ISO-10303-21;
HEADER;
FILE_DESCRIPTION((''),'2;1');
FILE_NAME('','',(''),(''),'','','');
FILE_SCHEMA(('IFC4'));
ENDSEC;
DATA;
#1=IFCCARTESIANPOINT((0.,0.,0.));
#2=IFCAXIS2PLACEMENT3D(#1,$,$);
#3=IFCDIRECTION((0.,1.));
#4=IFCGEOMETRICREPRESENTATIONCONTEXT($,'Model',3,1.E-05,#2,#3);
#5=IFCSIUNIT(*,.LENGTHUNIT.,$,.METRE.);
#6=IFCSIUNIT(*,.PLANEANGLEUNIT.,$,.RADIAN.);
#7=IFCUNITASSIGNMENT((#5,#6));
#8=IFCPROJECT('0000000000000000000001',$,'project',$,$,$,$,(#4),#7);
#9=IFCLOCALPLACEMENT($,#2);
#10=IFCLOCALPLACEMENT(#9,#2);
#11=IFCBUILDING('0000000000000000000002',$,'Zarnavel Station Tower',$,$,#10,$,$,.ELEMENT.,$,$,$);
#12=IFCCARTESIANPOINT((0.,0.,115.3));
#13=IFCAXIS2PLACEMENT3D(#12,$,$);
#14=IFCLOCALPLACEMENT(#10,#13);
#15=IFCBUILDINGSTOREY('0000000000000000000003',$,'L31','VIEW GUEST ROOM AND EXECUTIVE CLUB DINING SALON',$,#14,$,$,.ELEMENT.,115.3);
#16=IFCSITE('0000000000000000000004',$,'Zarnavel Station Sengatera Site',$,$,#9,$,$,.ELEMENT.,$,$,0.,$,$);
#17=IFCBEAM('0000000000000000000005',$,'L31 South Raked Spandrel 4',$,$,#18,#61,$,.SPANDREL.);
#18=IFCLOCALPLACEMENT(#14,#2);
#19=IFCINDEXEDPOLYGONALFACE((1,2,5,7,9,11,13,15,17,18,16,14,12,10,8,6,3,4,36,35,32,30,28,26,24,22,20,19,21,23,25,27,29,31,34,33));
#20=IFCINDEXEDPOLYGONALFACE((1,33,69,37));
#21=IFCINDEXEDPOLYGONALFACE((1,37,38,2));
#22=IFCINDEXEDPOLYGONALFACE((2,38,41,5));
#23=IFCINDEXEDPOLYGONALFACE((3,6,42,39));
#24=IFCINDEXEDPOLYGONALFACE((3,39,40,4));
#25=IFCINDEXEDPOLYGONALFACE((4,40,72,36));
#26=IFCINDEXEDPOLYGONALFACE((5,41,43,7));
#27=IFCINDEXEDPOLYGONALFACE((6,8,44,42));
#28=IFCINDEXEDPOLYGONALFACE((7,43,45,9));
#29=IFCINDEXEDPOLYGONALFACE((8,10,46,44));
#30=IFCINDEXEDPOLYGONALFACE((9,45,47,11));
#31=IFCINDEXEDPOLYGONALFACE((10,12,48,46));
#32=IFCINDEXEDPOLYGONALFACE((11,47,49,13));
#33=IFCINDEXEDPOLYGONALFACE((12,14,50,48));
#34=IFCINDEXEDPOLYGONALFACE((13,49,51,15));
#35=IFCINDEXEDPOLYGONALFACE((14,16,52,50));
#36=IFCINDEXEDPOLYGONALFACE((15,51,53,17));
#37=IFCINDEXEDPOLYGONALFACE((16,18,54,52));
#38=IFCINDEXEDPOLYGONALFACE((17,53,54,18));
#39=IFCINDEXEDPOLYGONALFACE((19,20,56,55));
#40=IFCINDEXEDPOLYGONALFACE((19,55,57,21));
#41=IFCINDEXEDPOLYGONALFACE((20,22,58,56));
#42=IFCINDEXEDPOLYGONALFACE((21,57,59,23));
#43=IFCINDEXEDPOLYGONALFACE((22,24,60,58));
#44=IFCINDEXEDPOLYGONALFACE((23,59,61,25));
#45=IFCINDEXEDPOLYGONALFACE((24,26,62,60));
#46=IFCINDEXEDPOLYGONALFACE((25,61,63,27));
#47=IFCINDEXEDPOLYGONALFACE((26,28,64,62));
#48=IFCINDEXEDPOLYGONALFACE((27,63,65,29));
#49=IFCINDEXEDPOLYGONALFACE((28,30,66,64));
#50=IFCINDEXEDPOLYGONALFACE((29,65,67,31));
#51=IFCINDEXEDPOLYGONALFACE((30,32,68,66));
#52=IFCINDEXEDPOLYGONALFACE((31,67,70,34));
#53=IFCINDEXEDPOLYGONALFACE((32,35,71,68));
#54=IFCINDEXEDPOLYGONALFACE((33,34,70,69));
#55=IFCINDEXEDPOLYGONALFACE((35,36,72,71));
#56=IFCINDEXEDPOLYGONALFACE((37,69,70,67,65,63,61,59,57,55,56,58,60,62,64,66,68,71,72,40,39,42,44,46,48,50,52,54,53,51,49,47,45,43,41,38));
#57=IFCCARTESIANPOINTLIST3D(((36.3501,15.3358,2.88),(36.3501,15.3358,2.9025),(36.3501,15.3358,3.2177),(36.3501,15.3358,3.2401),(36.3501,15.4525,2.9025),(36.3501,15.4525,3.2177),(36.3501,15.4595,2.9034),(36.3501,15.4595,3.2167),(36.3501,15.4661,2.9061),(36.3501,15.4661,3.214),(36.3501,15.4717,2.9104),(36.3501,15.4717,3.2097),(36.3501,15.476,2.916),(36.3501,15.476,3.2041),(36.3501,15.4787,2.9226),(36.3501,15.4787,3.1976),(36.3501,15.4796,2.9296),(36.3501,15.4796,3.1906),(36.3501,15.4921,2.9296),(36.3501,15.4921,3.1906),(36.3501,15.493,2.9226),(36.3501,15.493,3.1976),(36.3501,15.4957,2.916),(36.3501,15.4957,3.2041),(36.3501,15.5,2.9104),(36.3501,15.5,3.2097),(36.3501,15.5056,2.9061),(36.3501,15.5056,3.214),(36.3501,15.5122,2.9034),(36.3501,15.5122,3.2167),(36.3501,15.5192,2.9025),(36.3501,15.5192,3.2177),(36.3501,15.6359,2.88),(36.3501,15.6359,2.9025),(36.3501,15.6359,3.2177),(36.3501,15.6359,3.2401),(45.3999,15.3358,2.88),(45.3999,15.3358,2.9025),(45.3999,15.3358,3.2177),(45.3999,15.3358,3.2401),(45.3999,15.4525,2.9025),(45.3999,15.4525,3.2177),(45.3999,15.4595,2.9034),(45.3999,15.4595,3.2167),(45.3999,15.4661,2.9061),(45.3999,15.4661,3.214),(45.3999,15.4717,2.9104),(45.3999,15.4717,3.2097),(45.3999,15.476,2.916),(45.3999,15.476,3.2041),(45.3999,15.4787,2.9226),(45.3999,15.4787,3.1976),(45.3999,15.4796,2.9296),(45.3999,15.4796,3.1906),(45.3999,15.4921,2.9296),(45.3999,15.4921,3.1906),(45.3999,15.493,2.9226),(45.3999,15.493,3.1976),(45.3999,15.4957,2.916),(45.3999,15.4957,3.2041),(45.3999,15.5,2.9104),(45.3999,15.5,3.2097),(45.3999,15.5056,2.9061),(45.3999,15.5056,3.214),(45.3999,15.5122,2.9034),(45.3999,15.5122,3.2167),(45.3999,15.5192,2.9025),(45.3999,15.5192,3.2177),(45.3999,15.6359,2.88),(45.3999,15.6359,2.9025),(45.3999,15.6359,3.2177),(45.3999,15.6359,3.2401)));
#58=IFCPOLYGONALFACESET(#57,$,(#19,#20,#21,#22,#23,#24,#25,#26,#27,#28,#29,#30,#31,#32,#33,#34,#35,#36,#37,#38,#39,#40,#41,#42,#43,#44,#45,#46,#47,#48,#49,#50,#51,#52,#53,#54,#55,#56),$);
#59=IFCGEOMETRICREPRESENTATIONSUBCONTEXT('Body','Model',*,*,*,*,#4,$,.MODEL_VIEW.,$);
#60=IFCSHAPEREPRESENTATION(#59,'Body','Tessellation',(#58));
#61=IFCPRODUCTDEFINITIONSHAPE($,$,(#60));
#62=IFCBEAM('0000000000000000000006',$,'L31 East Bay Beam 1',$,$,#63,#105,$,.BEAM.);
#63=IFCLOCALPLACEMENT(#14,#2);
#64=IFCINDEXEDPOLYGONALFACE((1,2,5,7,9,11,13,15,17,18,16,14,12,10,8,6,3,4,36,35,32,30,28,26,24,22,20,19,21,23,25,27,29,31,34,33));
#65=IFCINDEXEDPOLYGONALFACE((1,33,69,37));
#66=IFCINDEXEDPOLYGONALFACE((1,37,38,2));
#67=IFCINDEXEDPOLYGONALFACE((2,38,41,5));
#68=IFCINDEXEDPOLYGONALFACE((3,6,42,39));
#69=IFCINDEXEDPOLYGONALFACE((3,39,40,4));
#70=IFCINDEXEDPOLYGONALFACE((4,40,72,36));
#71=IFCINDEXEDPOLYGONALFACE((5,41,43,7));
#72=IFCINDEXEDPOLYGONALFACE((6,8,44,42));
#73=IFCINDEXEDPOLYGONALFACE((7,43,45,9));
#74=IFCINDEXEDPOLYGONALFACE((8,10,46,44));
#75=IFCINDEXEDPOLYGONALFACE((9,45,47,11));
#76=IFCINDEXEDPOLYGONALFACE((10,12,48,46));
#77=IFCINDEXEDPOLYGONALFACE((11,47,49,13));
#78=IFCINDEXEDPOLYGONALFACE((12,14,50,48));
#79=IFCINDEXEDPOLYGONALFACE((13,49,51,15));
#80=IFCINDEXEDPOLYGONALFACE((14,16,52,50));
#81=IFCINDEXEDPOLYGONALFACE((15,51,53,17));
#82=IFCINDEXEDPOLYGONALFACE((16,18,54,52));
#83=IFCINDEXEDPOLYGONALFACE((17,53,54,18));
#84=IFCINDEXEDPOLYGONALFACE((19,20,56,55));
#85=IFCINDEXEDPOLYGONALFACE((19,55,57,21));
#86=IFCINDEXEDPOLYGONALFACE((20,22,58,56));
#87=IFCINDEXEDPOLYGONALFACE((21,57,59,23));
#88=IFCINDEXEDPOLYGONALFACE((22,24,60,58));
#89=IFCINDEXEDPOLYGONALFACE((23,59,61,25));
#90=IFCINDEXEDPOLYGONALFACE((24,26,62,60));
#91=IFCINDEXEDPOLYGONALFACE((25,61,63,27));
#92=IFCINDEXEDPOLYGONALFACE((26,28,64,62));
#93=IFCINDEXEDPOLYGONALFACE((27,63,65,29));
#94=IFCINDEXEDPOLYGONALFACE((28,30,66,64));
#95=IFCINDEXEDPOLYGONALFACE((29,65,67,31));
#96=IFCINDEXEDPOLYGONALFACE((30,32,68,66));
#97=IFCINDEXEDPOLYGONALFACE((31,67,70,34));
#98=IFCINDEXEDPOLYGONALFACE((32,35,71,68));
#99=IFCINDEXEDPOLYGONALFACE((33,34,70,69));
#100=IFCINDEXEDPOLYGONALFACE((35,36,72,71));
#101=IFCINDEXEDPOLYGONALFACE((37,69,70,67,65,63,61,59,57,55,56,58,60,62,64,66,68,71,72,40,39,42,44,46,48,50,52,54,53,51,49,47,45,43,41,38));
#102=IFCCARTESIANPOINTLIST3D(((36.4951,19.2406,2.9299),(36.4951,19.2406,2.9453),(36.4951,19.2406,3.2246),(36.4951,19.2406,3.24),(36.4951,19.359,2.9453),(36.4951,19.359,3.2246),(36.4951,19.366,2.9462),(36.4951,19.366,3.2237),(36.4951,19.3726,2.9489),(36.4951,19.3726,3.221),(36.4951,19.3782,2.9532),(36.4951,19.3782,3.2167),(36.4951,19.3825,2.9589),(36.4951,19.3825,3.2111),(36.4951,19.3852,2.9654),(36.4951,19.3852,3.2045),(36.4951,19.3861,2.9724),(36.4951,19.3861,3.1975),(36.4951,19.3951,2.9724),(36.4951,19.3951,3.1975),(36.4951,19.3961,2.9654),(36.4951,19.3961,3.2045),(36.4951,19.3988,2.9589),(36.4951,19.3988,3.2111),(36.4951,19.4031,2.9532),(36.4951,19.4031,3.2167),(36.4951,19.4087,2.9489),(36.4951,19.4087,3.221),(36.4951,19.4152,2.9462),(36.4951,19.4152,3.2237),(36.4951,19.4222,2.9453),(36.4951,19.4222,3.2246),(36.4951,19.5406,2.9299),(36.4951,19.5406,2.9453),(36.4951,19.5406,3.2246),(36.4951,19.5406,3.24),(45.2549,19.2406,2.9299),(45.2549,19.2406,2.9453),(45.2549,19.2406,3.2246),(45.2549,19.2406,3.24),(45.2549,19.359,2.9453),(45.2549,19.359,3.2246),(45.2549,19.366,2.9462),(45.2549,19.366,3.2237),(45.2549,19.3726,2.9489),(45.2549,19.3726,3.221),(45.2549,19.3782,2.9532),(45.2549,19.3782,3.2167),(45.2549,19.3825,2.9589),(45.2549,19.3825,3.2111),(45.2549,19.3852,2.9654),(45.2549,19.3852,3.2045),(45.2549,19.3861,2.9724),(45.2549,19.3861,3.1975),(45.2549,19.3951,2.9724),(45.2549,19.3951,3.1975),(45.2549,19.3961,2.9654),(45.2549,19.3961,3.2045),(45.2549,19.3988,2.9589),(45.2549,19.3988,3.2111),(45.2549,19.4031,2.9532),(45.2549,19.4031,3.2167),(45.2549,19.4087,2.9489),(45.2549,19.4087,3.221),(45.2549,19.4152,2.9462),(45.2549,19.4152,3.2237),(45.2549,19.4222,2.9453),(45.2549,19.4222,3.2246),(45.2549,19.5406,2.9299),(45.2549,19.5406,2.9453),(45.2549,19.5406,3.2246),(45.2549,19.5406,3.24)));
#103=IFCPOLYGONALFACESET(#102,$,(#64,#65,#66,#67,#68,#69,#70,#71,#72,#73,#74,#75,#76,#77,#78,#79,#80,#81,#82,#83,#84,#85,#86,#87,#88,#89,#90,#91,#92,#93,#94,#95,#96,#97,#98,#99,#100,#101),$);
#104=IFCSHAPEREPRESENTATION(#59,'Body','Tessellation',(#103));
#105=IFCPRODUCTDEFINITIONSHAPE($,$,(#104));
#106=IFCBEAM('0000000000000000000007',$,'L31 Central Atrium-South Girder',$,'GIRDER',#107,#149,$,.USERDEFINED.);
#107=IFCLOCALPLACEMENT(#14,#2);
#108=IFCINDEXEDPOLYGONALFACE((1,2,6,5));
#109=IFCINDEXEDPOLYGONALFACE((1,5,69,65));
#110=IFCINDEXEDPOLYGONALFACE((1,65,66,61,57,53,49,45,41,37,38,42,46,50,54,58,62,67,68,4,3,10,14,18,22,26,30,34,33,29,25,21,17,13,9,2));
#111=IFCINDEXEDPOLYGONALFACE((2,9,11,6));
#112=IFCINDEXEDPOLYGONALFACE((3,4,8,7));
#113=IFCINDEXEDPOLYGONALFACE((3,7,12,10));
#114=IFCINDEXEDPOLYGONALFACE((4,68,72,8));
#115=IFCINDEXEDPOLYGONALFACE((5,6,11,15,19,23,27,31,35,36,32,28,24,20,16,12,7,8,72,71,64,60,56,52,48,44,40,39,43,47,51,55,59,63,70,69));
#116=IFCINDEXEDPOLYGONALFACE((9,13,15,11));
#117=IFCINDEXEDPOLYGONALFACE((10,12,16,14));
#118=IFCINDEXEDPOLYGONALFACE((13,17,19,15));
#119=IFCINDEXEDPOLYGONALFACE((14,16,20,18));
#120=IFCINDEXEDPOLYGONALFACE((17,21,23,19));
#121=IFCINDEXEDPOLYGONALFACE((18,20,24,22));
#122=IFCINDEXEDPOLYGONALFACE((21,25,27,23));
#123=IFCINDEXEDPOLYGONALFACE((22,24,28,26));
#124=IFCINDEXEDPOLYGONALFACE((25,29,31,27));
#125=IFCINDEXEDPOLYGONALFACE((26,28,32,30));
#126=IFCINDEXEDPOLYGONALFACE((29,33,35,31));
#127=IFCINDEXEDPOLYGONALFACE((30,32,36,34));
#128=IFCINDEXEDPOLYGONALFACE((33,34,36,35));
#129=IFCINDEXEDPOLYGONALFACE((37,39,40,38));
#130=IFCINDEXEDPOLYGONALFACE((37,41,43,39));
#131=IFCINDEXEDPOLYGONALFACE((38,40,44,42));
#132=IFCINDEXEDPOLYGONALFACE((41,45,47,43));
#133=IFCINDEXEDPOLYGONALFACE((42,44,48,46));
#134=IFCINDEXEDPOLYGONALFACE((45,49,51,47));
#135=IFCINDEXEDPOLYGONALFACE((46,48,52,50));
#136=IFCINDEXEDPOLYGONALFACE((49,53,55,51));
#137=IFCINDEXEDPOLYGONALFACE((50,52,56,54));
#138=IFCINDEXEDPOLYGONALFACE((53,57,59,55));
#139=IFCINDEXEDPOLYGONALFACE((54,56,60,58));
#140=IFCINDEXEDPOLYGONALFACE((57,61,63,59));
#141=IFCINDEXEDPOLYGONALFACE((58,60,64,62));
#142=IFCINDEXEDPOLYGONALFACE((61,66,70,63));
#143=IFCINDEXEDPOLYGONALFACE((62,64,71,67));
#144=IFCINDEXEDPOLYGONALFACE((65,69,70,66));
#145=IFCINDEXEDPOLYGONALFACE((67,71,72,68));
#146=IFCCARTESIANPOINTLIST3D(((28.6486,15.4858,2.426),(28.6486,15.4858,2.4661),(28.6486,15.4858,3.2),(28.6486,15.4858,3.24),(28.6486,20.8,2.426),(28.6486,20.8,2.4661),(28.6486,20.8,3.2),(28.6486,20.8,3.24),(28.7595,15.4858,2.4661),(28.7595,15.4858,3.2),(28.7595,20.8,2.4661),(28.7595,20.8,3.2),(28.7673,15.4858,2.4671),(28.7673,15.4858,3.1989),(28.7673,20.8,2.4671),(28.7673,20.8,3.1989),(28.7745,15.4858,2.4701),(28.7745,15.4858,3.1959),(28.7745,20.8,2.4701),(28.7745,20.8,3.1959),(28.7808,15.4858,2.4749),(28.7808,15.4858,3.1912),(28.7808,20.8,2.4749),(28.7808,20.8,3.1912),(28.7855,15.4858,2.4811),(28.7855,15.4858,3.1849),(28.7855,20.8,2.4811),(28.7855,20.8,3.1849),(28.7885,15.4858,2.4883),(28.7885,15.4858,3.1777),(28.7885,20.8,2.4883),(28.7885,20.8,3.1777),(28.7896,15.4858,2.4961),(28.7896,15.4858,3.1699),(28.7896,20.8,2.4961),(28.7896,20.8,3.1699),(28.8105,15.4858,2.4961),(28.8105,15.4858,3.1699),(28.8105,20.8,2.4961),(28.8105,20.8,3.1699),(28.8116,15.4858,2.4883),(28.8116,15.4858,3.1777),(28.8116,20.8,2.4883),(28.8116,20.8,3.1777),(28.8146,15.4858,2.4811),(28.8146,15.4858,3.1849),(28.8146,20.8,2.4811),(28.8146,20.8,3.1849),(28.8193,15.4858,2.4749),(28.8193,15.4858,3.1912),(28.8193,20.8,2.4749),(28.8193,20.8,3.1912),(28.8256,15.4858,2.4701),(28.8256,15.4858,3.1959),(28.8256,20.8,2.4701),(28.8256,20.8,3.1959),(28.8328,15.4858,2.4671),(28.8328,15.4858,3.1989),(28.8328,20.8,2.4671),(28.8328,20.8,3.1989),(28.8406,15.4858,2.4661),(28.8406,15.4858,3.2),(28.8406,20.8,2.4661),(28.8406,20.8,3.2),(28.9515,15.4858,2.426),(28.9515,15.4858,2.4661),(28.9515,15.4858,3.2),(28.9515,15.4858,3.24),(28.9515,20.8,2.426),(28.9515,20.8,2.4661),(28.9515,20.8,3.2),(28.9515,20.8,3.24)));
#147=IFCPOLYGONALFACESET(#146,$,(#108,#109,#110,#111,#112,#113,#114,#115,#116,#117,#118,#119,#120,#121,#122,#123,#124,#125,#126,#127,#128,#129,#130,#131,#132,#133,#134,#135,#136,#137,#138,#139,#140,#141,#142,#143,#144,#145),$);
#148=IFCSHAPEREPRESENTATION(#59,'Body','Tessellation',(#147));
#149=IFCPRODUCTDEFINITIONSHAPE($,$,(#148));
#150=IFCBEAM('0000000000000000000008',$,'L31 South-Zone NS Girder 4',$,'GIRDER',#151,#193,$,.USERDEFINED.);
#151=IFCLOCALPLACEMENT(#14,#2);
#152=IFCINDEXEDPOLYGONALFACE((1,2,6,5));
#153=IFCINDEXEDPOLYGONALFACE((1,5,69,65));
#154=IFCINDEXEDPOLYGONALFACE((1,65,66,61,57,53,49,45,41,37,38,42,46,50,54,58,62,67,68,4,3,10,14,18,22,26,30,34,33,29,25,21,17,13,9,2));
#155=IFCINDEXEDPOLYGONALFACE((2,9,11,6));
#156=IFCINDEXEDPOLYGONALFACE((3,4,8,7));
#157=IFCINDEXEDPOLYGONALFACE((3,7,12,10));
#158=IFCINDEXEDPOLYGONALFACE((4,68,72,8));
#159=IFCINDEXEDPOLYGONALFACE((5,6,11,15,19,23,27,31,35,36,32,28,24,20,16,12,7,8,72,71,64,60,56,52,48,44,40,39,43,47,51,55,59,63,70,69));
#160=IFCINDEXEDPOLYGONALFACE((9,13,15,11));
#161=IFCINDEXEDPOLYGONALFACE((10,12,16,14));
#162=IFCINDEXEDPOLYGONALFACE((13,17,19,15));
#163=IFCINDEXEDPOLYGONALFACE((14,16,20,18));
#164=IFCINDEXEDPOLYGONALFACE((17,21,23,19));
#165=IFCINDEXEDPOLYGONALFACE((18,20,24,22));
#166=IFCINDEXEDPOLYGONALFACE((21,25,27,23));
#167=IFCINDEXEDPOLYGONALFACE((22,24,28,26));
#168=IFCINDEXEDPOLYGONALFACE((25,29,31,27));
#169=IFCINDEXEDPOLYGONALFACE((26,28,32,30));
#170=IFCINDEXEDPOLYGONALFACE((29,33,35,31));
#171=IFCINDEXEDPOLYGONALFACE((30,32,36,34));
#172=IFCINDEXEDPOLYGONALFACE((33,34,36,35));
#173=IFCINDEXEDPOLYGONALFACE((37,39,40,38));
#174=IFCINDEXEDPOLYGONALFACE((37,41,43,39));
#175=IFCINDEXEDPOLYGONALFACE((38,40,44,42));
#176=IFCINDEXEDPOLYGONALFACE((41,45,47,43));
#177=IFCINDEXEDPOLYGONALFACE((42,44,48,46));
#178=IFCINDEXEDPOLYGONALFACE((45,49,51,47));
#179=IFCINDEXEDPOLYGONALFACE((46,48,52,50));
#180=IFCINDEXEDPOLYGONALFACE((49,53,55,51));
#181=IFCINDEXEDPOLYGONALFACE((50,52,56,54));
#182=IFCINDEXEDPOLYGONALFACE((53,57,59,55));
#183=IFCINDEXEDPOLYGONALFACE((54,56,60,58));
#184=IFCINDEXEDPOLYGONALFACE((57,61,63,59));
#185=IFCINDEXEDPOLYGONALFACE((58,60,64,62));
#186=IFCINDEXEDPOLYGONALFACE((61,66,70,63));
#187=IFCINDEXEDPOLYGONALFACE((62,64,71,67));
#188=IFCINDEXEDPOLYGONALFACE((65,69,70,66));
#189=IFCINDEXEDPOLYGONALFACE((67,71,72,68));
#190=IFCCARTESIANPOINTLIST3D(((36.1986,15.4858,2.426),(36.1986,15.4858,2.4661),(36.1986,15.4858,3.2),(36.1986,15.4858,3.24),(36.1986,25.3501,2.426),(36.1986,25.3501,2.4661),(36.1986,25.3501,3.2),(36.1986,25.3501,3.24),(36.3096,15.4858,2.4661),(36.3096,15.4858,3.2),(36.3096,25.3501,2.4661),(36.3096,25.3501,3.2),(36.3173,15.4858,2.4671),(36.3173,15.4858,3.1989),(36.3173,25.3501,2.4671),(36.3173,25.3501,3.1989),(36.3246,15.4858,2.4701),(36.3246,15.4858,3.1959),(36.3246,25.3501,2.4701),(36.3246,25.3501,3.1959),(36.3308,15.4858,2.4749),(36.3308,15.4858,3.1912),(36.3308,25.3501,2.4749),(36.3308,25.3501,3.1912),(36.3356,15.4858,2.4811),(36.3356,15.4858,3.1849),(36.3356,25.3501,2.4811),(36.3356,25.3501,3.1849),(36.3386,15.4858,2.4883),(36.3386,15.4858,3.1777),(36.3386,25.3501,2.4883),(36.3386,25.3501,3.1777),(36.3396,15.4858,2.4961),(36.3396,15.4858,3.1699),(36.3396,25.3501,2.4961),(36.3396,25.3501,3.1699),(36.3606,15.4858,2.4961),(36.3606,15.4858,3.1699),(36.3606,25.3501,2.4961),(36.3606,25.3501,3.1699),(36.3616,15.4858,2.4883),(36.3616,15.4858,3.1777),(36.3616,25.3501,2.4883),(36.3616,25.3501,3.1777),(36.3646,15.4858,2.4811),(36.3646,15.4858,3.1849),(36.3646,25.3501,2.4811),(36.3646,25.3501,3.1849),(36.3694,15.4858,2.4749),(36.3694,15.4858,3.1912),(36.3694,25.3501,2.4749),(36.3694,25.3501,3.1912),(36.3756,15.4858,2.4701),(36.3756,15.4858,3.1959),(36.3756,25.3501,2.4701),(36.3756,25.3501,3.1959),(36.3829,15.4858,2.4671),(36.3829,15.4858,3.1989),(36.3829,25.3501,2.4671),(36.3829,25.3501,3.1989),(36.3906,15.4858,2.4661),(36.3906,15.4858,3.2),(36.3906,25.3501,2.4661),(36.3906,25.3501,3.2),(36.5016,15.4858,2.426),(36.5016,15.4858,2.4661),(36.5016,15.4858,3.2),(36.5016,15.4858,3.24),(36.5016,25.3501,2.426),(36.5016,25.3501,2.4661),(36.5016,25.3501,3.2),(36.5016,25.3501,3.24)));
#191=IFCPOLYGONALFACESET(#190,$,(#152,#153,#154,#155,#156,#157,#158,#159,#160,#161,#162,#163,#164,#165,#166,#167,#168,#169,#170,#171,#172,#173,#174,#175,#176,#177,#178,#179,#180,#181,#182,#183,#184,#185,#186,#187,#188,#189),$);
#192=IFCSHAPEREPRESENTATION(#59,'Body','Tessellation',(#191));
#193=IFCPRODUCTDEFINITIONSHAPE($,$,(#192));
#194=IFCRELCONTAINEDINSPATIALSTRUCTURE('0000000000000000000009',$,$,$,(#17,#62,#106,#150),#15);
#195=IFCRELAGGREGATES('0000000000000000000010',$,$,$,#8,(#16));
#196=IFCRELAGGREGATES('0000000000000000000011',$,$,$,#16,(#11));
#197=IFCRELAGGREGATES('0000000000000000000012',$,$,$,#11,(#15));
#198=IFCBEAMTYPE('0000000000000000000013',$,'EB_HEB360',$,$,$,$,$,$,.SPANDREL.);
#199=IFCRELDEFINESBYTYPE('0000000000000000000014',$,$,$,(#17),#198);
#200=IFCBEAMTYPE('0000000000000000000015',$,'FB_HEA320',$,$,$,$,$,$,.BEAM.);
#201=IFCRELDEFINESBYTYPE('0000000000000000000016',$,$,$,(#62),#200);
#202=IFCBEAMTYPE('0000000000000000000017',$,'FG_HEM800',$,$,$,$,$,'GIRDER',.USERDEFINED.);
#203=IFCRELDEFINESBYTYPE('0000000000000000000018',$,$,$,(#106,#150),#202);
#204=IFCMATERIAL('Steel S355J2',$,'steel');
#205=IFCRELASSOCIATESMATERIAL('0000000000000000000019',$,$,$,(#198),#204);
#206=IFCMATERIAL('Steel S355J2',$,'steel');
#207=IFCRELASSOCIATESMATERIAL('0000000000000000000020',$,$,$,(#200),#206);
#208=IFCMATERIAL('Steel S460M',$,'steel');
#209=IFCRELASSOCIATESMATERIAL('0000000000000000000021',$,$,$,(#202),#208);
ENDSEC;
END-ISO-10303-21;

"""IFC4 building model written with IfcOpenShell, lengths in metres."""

from ifc_helpers import new_model, si_unit, direction, frame, origin, origin_2d, place, context, subcontext, project, spatial, i_section, extrude, material, material_profile, profile_set, type_object, element, save


model = new_model("IFC4")

# Units and contexts
model_context = context("Model", 3, precision=1e-05, world=origin(), true_north=direction((0.0, 1.0)))
body_context = subcontext(model_context, "Body", "Model", "MODEL_VIEW")
ifc_project = project(units=[si_unit("LENGTHUNIT", "METRE"), si_unit("PLANEANGLEUNIT", "RADIAN")], contexts=[model_context])

# Site, building, storey
site_placement = place(None, origin())
site = spatial("IfcSite", under=ifc_project, at=site_placement, Name="Zarnavel Station Sengatera Site", CompositionType="ELEMENT", RefElevation=0.0)
building_placement = place(site_placement, origin())
building = spatial("IfcBuilding", under=site, at=building_placement, Name="Zarnavel Station Tower", CompositionType="ELEMENT")
storey_placement = place(building_placement, frame((0.0, 0.0, 115.3)))
storey = spatial("IfcBuildingStorey", under=building, at=storey_placement, Name="L31", Description="VIEW GUEST ROOM AND EXECUTIVE CLUB DINING SALON", CompositionType="ELEMENT", Elevation=115.3)

# Beams
ifc_material_1 = material(Name="Steel S355J2", Category="steel")
ifc_material_profile_1 = material_profile(ifc_material_1, i_section(OverallWidth=0.3, OverallDepth=0.3601, WebThickness=0.0125, FlangeThickness=0.0225, FilletRadius=0.0271, at=origin_2d()), Name="HEB360")
ifc_profile_set_1 = profile_set([ifc_material_profile_1], Name="Steel S355J2")
beam_type_1 = type_object("IfcBeamType", Name="EB_HEB360", PredefinedType="SPANDREL", material=ifc_profile_set_1)
beam_1_placement = place(storey_placement, frame((36.3501, 15.4858, 3.0601), z_axis=(1.0, 0.0, 0.0), x_axis=(0.0, 1.0, 0.0)))
element("IfcBeam", 1, at=beam_1_placement, inside=storey, type_object=beam_type_1, Name="L31 South Raked Spandrel 4", PredefinedType="SPANDREL", context=body_context, shape_type="SweptSolid", body=[
    extrude(i_section(OverallWidth=0.3, OverallDepth=0.3601, WebThickness=0.0125, FlangeThickness=0.0225, FilletRadius=0.0271, at=origin_2d()), origin(), (0.0, 0.0, 1.0), 9.0498),
])
ifc_material_2 = material(Name="Steel S355J2", Category="steel")
ifc_material_profile_2 = material_profile(ifc_material_2, i_section(OverallWidth=0.3, OverallDepth=0.3101, WebThickness=0.009, FlangeThickness=0.0154, FilletRadius=0.0271, at=origin_2d()), Name="HEA320")
ifc_profile_set_2 = profile_set([ifc_material_profile_2], Name="Steel S355J2")
beam_type_2 = type_object("IfcBeamType", Name="FB_HEA320", PredefinedType="BEAM", material=ifc_profile_set_2)
beam_2_placement = place(storey_placement, frame((36.4951, 19.3906, 3.085), z_axis=(1.0, 0.0, 0.0), x_axis=(0.0, 1.0, 0.0)))
element("IfcBeam", 2, at=beam_2_placement, inside=storey, type_object=beam_type_2, Name="L31 East Bay Beam 1", PredefinedType="BEAM", context=body_context, shape_type="SweptSolid", body=[
    extrude(i_section(OverallWidth=0.3, OverallDepth=0.3101, WebThickness=0.009, FlangeThickness=0.0154, FilletRadius=0.0271, at=origin_2d()), origin(), (0.0, 0.0, 1.0), 8.7598),
])
ifc_material_3 = material(Name="Steel S460M", Category="steel")
ifc_material_profile_3 = material_profile(ifc_material_3, i_section(OverallWidth=0.303, OverallDepth=0.814, WebThickness=0.021, FlangeThickness=0.04, FilletRadius=0.03, at=origin_2d()), Name="HEM800")
ifc_profile_set_3 = profile_set([ifc_material_profile_3], Name="Steel S460M")
beam_type_3 = type_object("IfcBeamType", Name="FG_HEM800", ElementType="GIRDER", PredefinedType="USERDEFINED", material=ifc_profile_set_3)
beam_3_placement = place(storey_placement, frame((28.8, 15.4858, 2.833), z_axis=(0.0, 1.0, 0.0), x_axis=(-1.0, 0.0, 0.0)))
element("IfcBeam", 3, at=beam_3_placement, inside=storey, type_object=beam_type_3, Name="L31 Central Atrium-South Girder", ObjectType="GIRDER", PredefinedType="USERDEFINED", context=body_context, shape_type="SweptSolid", body=[
    extrude(i_section(OverallWidth=0.303, OverallDepth=0.814, WebThickness=0.021, FlangeThickness=0.04, FilletRadius=0.03, at=origin_2d()), origin(), (0.0, 0.0, 1.0), 5.3142),
])
beam_4_placement = place(storey_placement, frame((36.3501, 15.4858, 2.833), z_axis=(0.0, 1.0, 0.0), x_axis=(-1.0, 0.0, 0.0)))
element("IfcBeam", 4, at=beam_4_placement, inside=storey, type_object=beam_type_3, Name="L31 South-Zone NS Girder 4", ObjectType="GIRDER", PredefinedType="USERDEFINED", context=body_context, shape_type="SweptSolid", body=[
    extrude(i_section(OverallWidth=0.303, OverallDepth=0.814, WebThickness=0.021, FlangeThickness=0.04, FilletRadius=0.03, at=origin_2d()), origin(), (0.0, 0.0, 1.0), 9.8643),
])

save(model, "model.ifc")
